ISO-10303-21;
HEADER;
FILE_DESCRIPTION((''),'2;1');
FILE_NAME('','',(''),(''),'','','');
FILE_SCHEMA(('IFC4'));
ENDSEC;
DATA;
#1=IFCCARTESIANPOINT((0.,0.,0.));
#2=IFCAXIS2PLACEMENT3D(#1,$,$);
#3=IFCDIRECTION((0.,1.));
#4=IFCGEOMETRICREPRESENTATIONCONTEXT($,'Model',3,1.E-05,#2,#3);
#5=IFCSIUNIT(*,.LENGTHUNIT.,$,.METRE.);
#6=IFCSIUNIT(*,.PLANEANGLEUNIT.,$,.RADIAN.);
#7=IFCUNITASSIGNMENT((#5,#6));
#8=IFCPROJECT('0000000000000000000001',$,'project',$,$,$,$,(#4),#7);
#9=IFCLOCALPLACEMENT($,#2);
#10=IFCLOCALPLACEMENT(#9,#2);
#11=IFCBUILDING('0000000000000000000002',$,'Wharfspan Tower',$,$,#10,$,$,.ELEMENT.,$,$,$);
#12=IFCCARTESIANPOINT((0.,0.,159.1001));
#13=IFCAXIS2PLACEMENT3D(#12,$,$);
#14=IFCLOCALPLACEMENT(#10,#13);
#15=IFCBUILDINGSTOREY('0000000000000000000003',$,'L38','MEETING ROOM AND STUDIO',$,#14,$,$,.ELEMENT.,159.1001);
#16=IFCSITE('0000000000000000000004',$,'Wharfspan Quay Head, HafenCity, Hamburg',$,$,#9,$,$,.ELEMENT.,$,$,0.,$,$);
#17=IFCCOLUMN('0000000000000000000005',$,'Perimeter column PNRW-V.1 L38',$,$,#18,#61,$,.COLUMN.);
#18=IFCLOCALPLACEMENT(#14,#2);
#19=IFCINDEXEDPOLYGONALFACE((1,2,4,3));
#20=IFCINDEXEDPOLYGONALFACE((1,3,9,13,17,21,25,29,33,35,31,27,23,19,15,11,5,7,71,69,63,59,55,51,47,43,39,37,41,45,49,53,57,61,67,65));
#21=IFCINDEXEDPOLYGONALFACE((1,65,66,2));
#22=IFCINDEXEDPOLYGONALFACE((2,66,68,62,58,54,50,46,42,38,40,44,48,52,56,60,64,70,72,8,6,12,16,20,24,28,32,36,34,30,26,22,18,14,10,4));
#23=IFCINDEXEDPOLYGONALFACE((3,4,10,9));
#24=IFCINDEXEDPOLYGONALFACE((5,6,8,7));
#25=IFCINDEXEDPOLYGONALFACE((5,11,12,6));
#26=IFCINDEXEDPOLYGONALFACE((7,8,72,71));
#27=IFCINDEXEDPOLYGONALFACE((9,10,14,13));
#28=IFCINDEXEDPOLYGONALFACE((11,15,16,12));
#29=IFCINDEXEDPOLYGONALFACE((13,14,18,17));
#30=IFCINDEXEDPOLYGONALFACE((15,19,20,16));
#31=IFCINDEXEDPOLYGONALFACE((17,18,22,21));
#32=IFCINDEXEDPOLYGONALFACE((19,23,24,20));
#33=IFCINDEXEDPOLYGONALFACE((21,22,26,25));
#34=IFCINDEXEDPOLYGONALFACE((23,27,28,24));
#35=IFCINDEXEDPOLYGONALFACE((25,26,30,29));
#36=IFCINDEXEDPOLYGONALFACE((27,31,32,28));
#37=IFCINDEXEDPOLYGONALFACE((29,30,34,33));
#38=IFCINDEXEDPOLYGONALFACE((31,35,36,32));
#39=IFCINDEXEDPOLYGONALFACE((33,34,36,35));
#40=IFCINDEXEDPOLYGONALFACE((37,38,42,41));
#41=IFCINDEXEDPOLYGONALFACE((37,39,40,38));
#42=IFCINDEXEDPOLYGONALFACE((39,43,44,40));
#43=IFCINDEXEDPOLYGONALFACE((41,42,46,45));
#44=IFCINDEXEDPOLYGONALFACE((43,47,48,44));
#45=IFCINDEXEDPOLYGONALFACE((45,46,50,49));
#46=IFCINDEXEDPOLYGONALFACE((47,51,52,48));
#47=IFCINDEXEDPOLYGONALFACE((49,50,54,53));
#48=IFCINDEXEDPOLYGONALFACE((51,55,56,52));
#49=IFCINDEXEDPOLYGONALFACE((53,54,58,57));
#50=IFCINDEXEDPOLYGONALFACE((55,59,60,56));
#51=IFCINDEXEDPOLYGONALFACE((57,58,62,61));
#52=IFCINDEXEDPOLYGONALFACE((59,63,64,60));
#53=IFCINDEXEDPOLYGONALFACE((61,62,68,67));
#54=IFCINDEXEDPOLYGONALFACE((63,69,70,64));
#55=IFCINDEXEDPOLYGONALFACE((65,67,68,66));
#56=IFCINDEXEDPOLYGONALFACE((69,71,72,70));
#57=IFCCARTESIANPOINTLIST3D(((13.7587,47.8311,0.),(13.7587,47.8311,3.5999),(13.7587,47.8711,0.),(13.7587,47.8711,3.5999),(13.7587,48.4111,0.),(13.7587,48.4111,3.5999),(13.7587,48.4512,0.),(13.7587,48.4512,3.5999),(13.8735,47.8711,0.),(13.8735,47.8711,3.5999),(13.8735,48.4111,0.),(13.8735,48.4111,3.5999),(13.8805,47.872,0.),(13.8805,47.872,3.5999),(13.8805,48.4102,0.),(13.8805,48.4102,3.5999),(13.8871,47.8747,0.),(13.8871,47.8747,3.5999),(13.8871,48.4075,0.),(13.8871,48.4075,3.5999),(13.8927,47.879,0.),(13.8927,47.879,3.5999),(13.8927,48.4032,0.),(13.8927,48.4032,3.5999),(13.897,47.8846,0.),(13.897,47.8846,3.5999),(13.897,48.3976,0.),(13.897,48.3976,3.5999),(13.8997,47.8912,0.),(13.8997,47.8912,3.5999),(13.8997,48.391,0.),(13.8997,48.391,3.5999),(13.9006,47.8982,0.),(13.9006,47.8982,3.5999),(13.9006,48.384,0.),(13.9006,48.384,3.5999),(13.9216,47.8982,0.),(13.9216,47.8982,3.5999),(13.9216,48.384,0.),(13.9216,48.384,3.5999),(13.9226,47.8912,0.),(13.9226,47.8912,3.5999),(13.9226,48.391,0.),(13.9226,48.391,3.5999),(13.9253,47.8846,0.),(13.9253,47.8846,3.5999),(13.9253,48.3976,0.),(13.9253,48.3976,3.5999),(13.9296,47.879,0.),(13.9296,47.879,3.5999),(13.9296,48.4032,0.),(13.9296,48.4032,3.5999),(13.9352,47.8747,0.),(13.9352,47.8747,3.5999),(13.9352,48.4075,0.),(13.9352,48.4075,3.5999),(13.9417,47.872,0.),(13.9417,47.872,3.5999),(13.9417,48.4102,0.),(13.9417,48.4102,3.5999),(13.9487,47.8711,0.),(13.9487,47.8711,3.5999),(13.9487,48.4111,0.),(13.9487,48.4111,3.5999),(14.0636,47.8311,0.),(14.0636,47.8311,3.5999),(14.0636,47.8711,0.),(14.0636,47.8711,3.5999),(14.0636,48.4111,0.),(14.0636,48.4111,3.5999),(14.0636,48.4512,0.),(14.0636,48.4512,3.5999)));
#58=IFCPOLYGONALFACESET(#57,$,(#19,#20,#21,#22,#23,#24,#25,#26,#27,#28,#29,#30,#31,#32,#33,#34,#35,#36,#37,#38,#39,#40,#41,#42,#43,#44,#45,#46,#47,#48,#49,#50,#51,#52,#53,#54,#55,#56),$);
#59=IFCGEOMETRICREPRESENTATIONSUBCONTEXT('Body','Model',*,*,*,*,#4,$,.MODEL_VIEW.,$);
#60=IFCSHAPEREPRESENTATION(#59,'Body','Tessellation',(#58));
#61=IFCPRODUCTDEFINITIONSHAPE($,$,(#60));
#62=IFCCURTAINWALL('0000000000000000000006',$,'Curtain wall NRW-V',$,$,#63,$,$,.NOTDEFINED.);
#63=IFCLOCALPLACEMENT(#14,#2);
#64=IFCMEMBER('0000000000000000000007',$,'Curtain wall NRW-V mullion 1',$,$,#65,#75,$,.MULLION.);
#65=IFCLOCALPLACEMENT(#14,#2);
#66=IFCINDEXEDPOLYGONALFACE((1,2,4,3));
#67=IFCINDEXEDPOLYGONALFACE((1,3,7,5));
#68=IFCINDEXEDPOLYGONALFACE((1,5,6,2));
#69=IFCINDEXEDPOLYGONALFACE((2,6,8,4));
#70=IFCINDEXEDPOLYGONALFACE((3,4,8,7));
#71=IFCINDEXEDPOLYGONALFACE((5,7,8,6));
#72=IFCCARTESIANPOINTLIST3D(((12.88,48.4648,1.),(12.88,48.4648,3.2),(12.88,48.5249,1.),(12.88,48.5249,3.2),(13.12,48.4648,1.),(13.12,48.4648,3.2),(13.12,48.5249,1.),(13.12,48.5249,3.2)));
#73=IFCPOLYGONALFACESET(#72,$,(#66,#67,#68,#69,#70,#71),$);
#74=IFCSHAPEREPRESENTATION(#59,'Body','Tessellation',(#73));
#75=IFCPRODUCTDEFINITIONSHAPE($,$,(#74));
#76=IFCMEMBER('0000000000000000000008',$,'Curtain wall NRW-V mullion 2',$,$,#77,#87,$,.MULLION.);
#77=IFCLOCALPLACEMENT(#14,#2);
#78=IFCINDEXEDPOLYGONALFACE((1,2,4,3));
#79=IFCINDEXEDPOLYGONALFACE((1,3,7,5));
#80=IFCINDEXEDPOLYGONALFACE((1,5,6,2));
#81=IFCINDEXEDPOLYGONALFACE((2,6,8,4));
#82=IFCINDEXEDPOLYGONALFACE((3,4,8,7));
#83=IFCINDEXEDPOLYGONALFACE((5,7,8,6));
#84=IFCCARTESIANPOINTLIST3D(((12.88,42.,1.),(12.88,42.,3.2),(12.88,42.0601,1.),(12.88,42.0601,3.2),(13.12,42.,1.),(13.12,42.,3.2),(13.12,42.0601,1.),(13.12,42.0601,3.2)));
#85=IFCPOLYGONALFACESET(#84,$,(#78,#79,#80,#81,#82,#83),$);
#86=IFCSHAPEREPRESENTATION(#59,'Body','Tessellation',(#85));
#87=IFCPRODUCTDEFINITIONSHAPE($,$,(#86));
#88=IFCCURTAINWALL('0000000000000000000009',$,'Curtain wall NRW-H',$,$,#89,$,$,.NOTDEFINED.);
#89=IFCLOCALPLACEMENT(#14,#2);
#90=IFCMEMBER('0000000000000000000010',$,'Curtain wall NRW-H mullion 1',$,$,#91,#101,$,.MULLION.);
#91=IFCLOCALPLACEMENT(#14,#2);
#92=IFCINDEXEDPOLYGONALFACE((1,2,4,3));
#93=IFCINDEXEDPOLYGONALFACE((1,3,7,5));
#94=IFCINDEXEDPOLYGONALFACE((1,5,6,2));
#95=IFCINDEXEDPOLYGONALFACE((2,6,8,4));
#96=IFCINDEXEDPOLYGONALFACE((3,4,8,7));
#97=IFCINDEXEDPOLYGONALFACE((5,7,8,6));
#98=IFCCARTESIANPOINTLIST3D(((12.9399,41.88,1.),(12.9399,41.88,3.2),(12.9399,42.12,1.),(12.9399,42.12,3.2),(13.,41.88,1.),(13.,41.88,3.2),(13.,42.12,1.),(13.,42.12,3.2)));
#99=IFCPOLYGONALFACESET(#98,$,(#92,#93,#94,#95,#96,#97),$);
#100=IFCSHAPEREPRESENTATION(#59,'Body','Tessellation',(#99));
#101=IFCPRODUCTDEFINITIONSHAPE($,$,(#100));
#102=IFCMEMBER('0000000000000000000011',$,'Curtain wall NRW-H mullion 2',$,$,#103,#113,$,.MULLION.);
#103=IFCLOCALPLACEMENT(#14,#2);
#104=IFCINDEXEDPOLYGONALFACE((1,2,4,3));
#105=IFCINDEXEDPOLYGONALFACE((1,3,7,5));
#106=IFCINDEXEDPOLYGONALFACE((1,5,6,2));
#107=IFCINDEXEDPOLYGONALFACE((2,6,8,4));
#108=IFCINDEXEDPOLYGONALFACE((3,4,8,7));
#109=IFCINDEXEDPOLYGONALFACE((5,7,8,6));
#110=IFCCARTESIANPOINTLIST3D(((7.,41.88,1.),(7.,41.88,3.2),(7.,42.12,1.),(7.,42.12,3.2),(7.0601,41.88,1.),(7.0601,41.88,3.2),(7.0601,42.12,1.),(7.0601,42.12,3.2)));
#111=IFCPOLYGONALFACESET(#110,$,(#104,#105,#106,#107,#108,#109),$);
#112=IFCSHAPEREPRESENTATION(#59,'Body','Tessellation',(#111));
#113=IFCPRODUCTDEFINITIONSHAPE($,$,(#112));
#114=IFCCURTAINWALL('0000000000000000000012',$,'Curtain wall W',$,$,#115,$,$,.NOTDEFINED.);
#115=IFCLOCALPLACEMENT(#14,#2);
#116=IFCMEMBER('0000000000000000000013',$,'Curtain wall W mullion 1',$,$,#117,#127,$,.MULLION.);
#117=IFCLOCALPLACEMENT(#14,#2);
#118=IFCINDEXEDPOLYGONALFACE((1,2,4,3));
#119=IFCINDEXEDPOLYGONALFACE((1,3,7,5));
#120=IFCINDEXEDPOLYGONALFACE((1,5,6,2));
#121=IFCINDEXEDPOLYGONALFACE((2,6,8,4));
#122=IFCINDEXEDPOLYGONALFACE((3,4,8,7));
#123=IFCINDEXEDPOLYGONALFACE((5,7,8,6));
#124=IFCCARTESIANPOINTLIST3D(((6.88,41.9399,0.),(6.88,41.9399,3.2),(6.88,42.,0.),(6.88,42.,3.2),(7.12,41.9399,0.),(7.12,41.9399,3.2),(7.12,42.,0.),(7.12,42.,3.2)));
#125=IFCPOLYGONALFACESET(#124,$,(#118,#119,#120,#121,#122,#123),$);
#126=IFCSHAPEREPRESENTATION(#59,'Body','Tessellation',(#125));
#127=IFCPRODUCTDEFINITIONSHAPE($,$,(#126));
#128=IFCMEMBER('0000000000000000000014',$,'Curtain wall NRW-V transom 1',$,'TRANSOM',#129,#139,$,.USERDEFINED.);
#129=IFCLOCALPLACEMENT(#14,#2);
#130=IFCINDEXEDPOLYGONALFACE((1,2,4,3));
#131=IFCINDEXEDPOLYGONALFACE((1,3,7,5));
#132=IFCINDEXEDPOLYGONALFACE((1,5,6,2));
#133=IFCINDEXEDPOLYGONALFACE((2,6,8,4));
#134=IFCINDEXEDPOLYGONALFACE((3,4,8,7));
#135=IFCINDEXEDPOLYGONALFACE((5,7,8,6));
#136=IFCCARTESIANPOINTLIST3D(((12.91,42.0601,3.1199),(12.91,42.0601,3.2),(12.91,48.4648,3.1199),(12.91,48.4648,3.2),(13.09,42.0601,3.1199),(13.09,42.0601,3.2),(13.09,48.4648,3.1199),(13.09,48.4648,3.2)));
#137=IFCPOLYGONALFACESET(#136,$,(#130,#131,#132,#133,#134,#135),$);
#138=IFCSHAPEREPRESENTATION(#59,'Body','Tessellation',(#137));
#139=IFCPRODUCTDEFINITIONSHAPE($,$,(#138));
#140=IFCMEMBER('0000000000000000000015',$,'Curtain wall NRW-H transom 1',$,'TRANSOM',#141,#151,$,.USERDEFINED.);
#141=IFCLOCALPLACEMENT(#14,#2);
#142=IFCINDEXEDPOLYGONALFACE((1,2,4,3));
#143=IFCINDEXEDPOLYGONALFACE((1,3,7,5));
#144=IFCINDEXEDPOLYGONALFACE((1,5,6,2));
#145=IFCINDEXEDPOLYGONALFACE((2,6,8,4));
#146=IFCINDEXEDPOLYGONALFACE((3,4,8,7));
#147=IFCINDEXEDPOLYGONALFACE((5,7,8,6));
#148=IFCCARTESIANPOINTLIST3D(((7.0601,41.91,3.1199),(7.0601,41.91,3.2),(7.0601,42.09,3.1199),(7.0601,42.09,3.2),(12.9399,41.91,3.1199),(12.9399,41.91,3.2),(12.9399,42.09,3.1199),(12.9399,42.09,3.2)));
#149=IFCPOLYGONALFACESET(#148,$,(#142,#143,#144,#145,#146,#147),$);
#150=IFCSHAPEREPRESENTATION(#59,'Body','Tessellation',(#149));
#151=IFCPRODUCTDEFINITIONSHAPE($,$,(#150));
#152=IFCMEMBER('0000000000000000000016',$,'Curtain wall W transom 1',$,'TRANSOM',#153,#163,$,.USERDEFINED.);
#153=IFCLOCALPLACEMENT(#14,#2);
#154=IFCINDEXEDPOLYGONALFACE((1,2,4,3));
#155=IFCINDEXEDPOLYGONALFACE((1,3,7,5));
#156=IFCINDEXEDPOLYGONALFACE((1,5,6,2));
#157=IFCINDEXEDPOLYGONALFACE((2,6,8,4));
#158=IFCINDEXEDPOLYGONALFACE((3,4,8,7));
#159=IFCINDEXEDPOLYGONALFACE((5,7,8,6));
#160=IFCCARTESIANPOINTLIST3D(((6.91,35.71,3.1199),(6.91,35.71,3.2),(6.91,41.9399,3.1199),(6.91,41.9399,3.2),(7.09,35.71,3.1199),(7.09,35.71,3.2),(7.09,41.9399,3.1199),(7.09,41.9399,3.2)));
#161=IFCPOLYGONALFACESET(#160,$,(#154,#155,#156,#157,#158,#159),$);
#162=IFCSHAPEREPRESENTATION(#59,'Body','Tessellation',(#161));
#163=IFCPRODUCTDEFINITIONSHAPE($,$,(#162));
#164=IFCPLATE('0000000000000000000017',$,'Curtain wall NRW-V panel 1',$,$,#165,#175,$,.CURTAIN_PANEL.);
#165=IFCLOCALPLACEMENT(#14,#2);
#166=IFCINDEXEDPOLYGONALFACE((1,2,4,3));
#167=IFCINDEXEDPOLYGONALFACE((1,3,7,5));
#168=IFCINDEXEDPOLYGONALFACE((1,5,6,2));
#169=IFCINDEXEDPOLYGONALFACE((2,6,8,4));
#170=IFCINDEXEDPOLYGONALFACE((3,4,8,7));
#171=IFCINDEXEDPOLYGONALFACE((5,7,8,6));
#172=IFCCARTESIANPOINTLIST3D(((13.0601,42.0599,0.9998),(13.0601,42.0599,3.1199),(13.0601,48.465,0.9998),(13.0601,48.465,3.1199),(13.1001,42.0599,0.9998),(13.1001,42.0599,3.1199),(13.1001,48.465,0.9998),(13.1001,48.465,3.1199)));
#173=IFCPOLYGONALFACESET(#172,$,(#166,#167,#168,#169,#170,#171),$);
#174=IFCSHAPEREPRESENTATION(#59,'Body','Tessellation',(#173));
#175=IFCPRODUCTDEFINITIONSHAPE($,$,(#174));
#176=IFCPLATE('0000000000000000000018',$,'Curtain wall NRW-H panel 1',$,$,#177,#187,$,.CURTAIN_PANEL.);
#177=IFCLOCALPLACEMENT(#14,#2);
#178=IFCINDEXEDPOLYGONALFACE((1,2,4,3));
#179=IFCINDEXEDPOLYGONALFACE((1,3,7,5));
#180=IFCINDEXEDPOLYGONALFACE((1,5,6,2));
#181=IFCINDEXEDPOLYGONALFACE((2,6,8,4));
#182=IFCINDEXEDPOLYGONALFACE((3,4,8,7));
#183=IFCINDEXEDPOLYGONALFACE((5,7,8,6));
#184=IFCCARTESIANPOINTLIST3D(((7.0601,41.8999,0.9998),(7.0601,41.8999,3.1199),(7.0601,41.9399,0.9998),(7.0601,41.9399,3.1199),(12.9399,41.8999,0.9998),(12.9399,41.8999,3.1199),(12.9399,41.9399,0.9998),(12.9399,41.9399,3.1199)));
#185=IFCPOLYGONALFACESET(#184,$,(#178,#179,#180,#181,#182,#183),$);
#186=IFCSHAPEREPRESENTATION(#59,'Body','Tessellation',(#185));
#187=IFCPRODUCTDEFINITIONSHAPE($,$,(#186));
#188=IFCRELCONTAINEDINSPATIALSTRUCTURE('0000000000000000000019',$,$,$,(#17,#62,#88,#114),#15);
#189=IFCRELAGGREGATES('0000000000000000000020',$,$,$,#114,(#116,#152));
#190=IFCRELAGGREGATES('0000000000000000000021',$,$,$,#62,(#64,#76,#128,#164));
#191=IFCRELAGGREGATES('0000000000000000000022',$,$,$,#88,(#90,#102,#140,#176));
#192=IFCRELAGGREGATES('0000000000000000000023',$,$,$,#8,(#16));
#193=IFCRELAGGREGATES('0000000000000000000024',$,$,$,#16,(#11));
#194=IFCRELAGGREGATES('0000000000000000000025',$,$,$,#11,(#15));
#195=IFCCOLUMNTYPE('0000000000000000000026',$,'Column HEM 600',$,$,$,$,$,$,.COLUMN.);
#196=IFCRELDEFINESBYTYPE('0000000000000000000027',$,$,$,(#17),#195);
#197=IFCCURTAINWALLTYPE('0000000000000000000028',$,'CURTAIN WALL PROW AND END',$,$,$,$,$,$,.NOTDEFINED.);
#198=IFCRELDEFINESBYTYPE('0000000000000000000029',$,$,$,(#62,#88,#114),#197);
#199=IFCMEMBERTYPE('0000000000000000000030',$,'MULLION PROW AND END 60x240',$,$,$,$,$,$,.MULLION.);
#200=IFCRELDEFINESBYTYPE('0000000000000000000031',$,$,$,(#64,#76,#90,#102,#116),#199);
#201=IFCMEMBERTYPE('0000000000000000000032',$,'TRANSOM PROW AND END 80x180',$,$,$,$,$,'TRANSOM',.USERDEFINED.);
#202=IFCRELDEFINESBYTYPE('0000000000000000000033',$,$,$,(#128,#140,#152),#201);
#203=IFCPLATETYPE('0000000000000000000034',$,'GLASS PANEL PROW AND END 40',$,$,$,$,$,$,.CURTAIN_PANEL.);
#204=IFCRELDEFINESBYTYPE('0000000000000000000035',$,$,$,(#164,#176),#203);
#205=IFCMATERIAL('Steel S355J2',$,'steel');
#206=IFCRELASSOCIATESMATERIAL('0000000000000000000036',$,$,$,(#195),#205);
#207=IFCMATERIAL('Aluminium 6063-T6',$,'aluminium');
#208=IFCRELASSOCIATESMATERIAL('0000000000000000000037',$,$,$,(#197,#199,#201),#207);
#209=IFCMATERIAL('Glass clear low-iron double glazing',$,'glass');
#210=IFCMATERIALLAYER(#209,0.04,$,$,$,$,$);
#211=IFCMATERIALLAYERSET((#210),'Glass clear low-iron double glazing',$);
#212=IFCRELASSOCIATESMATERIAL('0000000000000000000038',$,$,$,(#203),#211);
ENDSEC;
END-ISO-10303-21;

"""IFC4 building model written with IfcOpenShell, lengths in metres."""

from ifc_helpers import new_model, si_unit, direction, frame, origin, origin_2d, place, context, subcontext, project, spatial, rectangle, i_section, extrude, material, layer, layer_set, material_profile, profile_set, type_object, element, aggregate, save


model = new_model("IFC4")

# Units and contexts
model_context = context("Model", 3, precision=1e-05, world=origin(), true_north=direction((0.0, 1.0)))
body_context = subcontext(model_context, "Body", "Model", "MODEL_VIEW")
ifc_project = project(units=[si_unit("LENGTHUNIT", "METRE"), si_unit("PLANEANGLEUNIT", "RADIAN")], contexts=[model_context])

# Site, building, storey
site_placement = place(None, origin())
site = spatial("IfcSite", under=ifc_project, at=site_placement, Name="Wharfspan Quay Head, HafenCity, Hamburg", CompositionType="ELEMENT", RefElevation=0.0)
building_placement = place(site_placement, origin())
building = spatial("IfcBuilding", under=site, at=building_placement, Name="Wharfspan Tower", CompositionType="ELEMENT")
storey_placement = place(building_placement, frame((0.0, 0.0, 159.1001)))
storey = spatial("IfcBuildingStorey", under=building, at=storey_placement, Name="L38", Description="MEETING ROOM AND STUDIO", CompositionType="ELEMENT", Elevation=159.1001)

# Column
ifc_material_1 = material(Name="Steel S355J2", Category="steel")
ifc_material_profile_1 = material_profile(ifc_material_1, i_section(OverallWidth=0.3049, OverallDepth=0.6201, WebThickness=0.021, FlangeThickness=0.04, FilletRadius=0.0271, at=origin_2d()))
ifc_profile_set_1 = profile_set([ifc_material_profile_1], Name="Steel S355J2")
column_type = type_object("IfcColumnType", Name="Column HEM 600", PredefinedType="COLUMN", material=ifc_profile_set_1)
column_placement = place(storey_placement, frame((13.9111, 48.1411, 0.0), z_axis=(0.0, 0.0, 1.0), x_axis=(-1.0, 0.0, 0.0)))
element("IfcColumn", 1, at=column_placement, inside=storey, type_object=column_type, Name="Perimeter column PNRW-V.1 L38", PredefinedType="COLUMN", context=body_context, shape_type="SweptSolid", body=[
    extrude(i_section(OverallWidth=0.3049, OverallDepth=0.6201, WebThickness=0.021, FlangeThickness=0.04, FilletRadius=0.0271, at=origin_2d()), origin(), (0.0, 0.0, 1.0), 3.5999),
])

# Curtain walls, members
ifc_material_2 = material(Name="Aluminium 6063-T6", Category="aluminium")
curtain_wall_type = type_object("IfcCurtainWallType", Name="CURTAIN WALL PROW AND END", PredefinedType="NOTDEFINED", material=ifc_material_2)
curtain_wall_1_placement = place(storey_placement, origin())
curtain_wall_1 = element("IfcCurtainWall", 2, at=curtain_wall_1_placement, inside=storey, type_object=curtain_wall_type, Name="Curtain wall NRW-V", PredefinedType="NOTDEFINED")
ifc_material_profile_2 = material_profile(ifc_material_2, rectangle(XDim=0.24, YDim=0.0601, at=origin_2d()))
ifc_profile_set_2 = profile_set([ifc_material_profile_2], Name="Aluminium 6063-T6")
member_type_1 = type_object("IfcMemberType", Name="MULLION PROW AND END 60x240", PredefinedType="MULLION", material=ifc_profile_set_2)
member_1_placement = place(storey_placement, frame((13.0, 48.4949, 1.0), z_axis=(0.0, 0.0, 1.0), x_axis=(1.0, 0.0, 0.0)))
member_1 = element("IfcMember", 3, at=member_1_placement, type_object=member_type_1, Name="Curtain wall NRW-V mullion 1", PredefinedType="MULLION", context=body_context, shape_type="SweptSolid", body=[
    extrude(rectangle(XDim=0.24, YDim=0.0601, at=origin_2d()), origin(), (0.0, 0.0, 1.0), 2.2),
])
member_2_placement = place(storey_placement, frame((13.0, 42.03, 1.0), z_axis=(0.0, 0.0, 1.0), x_axis=(1.0, 0.0, 0.0)))
member_2 = element("IfcMember", 4, at=member_2_placement, type_object=member_type_1, Name="Curtain wall NRW-V mullion 2", PredefinedType="MULLION", context=body_context, shape_type="SweptSolid", body=[
    extrude(rectangle(XDim=0.24, YDim=0.0601, at=origin_2d()), origin(), (0.0, 0.0, 1.0), 2.2),
])
curtain_wall_2_placement = place(storey_placement, origin())
curtain_wall_2 = element("IfcCurtainWall", 5, at=curtain_wall_2_placement, inside=storey, type_object=curtain_wall_type, Name="Curtain wall NRW-H", PredefinedType="NOTDEFINED")
member_3_placement = place(storey_placement, frame((12.97, 42.0, 1.0), z_axis=(0.0, 0.0, 1.0), x_axis=(0.0, -1.0, 0.0)))
member_3 = element("IfcMember", 6, at=member_3_placement, type_object=member_type_1, Name="Curtain wall NRW-H mullion 1", PredefinedType="MULLION", context=body_context, shape_type="SweptSolid", body=[
    extrude(rectangle(XDim=0.24, YDim=0.0601, at=origin_2d()), origin(), (0.0, 0.0, 1.0), 2.2),
])
member_4_placement = place(storey_placement, frame((7.03, 42.0, 1.0), z_axis=(0.0, 0.0, 1.0), x_axis=(0.0, -1.0, 0.0)))
member_4 = element("IfcMember", 7, at=member_4_placement, type_object=member_type_1, Name="Curtain wall NRW-H mullion 2", PredefinedType="MULLION", context=body_context, shape_type="SweptSolid", body=[
    extrude(rectangle(XDim=0.24, YDim=0.0601, at=origin_2d()), origin(), (0.0, 0.0, 1.0), 2.2),
])

# Curtain wall, member
curtain_wall_3_placement = place(storey_placement, origin())
curtain_wall_3 = element("IfcCurtainWall", 8, at=curtain_wall_3_placement, inside=storey, type_object=curtain_wall_type, Name="Curtain wall W", PredefinedType="NOTDEFINED")
member_5_placement = place(storey_placement, frame((7.0, 41.97, 0.0), z_axis=(0.0, 0.0, 1.0), x_axis=(1.0, 0.0, 0.0)))
member_5 = element("IfcMember", 9, at=member_5_placement, type_object=member_type_1, Name="Curtain wall W mullion 1", PredefinedType="MULLION", context=body_context, shape_type="SweptSolid", body=[
    extrude(rectangle(XDim=0.24, YDim=0.0601, at=origin_2d()), origin(), (0.0, 0.0, 1.0), 3.2),
])

# Members
ifc_material_profile_3 = material_profile(ifc_material_2, rectangle(XDim=0.1799, YDim=0.0801, at=origin_2d()))
ifc_profile_set_3 = profile_set([ifc_material_profile_3], Name="Aluminium 6063-T6")
member_type_2 = type_object("IfcMemberType", Name="TRANSOM PROW AND END 80x180", ElementType="TRANSOM", PredefinedType="USERDEFINED", material=ifc_profile_set_3)
member_6_placement = place(storey_placement, frame((13.0, 48.4648, 3.1599), z_axis=(0.0, -1.0, 0.0), x_axis=(1.0, 0.0, 0.0)))
member_6 = element("IfcMember", 10, at=member_6_placement, type_object=member_type_2, Name="Curtain wall NRW-V transom 1", ObjectType="TRANSOM", PredefinedType="USERDEFINED", context=body_context, shape_type="SweptSolid", body=[
    extrude(rectangle(XDim=0.1799, YDim=0.0801, at=origin_2d()), origin(), (0.0, 0.0, 1.0), 6.4048),
])
member_7_placement = place(storey_placement, frame((12.9399, 42.0, 3.1599), z_axis=(-1.0, 0.0, 0.0), x_axis=(0.0, -1.0, 0.0)))
member_7 = element("IfcMember", 11, at=member_7_placement, type_object=member_type_2, Name="Curtain wall NRW-H transom 1", ObjectType="TRANSOM", PredefinedType="USERDEFINED", context=body_context, shape_type="SweptSolid", body=[
    extrude(rectangle(XDim=0.1799, YDim=0.0801, at=origin_2d()), origin(), (0.0, 0.0, 1.0), 5.8799),
])
member_8_placement = place(storey_placement, frame((7.0, 41.9399, 3.1599), z_axis=(0.0, -1.0, 0.0), x_axis=(1.0, 0.0, 0.0)))
member_8 = element("IfcMember", 12, at=member_8_placement, type_object=member_type_2, Name="Curtain wall W transom 1", ObjectType="TRANSOM", PredefinedType="USERDEFINED", context=body_context, shape_type="SweptSolid", body=[
    extrude(rectangle(XDim=0.1799, YDim=0.0801, at=origin_2d()), origin(), (0.0, 0.0, 1.0), 6.23),
])
aggregate(curtain_wall_3, [member_5, member_8])

# Plates
ifc_material_3 = material(Name="Glass clear low-iron double glazing", Category="glass")
ifc_layer_1 = layer(ifc_material_3, 0.04)
ifc_layer_set_1 = layer_set([ifc_layer_1], Name="Glass clear low-iron double glazing")
plate_type = type_object("IfcPlateType", Name="GLASS PANEL PROW AND END 40", PredefinedType="CURTAIN_PANEL", material=ifc_layer_set_1)
plate_1_placement = place(storey_placement, frame((13.0801, 45.2625, 0.9998), z_axis=(0.0, 0.0, 1.0), x_axis=(0.0, -1.0, 0.0)))
plate_1 = element("IfcPlate", 13, at=plate_1_placement, type_object=plate_type, Name="Curtain wall NRW-V panel 1", PredefinedType="CURTAIN_PANEL", context=body_context, shape_type="SweptSolid", body=[
    extrude(rectangle(XDim=6.405, YDim=0.04, at=origin_2d()), origin(), (0.0, 0.0, 1.0), 2.1201),
])
aggregate(curtain_wall_1, [member_1, member_2, member_6, plate_1])
plate_2_placement = place(storey_placement, frame((10.0, 41.9199, 0.9998), z_axis=(0.0, 0.0, 1.0), x_axis=(-1.0, 0.0, 0.0)))
plate_2 = element("IfcPlate", 14, at=plate_2_placement, type_object=plate_type, Name="Curtain wall NRW-H panel 1", PredefinedType="CURTAIN_PANEL", context=body_context, shape_type="SweptSolid", body=[
    extrude(rectangle(XDim=5.8799, YDim=0.04, at=origin_2d()), origin(), (0.0, 0.0, 1.0), 2.1201),
])
aggregate(curtain_wall_2, [member_3, member_4, member_7, plate_2])

save(model, "model.ifc")
